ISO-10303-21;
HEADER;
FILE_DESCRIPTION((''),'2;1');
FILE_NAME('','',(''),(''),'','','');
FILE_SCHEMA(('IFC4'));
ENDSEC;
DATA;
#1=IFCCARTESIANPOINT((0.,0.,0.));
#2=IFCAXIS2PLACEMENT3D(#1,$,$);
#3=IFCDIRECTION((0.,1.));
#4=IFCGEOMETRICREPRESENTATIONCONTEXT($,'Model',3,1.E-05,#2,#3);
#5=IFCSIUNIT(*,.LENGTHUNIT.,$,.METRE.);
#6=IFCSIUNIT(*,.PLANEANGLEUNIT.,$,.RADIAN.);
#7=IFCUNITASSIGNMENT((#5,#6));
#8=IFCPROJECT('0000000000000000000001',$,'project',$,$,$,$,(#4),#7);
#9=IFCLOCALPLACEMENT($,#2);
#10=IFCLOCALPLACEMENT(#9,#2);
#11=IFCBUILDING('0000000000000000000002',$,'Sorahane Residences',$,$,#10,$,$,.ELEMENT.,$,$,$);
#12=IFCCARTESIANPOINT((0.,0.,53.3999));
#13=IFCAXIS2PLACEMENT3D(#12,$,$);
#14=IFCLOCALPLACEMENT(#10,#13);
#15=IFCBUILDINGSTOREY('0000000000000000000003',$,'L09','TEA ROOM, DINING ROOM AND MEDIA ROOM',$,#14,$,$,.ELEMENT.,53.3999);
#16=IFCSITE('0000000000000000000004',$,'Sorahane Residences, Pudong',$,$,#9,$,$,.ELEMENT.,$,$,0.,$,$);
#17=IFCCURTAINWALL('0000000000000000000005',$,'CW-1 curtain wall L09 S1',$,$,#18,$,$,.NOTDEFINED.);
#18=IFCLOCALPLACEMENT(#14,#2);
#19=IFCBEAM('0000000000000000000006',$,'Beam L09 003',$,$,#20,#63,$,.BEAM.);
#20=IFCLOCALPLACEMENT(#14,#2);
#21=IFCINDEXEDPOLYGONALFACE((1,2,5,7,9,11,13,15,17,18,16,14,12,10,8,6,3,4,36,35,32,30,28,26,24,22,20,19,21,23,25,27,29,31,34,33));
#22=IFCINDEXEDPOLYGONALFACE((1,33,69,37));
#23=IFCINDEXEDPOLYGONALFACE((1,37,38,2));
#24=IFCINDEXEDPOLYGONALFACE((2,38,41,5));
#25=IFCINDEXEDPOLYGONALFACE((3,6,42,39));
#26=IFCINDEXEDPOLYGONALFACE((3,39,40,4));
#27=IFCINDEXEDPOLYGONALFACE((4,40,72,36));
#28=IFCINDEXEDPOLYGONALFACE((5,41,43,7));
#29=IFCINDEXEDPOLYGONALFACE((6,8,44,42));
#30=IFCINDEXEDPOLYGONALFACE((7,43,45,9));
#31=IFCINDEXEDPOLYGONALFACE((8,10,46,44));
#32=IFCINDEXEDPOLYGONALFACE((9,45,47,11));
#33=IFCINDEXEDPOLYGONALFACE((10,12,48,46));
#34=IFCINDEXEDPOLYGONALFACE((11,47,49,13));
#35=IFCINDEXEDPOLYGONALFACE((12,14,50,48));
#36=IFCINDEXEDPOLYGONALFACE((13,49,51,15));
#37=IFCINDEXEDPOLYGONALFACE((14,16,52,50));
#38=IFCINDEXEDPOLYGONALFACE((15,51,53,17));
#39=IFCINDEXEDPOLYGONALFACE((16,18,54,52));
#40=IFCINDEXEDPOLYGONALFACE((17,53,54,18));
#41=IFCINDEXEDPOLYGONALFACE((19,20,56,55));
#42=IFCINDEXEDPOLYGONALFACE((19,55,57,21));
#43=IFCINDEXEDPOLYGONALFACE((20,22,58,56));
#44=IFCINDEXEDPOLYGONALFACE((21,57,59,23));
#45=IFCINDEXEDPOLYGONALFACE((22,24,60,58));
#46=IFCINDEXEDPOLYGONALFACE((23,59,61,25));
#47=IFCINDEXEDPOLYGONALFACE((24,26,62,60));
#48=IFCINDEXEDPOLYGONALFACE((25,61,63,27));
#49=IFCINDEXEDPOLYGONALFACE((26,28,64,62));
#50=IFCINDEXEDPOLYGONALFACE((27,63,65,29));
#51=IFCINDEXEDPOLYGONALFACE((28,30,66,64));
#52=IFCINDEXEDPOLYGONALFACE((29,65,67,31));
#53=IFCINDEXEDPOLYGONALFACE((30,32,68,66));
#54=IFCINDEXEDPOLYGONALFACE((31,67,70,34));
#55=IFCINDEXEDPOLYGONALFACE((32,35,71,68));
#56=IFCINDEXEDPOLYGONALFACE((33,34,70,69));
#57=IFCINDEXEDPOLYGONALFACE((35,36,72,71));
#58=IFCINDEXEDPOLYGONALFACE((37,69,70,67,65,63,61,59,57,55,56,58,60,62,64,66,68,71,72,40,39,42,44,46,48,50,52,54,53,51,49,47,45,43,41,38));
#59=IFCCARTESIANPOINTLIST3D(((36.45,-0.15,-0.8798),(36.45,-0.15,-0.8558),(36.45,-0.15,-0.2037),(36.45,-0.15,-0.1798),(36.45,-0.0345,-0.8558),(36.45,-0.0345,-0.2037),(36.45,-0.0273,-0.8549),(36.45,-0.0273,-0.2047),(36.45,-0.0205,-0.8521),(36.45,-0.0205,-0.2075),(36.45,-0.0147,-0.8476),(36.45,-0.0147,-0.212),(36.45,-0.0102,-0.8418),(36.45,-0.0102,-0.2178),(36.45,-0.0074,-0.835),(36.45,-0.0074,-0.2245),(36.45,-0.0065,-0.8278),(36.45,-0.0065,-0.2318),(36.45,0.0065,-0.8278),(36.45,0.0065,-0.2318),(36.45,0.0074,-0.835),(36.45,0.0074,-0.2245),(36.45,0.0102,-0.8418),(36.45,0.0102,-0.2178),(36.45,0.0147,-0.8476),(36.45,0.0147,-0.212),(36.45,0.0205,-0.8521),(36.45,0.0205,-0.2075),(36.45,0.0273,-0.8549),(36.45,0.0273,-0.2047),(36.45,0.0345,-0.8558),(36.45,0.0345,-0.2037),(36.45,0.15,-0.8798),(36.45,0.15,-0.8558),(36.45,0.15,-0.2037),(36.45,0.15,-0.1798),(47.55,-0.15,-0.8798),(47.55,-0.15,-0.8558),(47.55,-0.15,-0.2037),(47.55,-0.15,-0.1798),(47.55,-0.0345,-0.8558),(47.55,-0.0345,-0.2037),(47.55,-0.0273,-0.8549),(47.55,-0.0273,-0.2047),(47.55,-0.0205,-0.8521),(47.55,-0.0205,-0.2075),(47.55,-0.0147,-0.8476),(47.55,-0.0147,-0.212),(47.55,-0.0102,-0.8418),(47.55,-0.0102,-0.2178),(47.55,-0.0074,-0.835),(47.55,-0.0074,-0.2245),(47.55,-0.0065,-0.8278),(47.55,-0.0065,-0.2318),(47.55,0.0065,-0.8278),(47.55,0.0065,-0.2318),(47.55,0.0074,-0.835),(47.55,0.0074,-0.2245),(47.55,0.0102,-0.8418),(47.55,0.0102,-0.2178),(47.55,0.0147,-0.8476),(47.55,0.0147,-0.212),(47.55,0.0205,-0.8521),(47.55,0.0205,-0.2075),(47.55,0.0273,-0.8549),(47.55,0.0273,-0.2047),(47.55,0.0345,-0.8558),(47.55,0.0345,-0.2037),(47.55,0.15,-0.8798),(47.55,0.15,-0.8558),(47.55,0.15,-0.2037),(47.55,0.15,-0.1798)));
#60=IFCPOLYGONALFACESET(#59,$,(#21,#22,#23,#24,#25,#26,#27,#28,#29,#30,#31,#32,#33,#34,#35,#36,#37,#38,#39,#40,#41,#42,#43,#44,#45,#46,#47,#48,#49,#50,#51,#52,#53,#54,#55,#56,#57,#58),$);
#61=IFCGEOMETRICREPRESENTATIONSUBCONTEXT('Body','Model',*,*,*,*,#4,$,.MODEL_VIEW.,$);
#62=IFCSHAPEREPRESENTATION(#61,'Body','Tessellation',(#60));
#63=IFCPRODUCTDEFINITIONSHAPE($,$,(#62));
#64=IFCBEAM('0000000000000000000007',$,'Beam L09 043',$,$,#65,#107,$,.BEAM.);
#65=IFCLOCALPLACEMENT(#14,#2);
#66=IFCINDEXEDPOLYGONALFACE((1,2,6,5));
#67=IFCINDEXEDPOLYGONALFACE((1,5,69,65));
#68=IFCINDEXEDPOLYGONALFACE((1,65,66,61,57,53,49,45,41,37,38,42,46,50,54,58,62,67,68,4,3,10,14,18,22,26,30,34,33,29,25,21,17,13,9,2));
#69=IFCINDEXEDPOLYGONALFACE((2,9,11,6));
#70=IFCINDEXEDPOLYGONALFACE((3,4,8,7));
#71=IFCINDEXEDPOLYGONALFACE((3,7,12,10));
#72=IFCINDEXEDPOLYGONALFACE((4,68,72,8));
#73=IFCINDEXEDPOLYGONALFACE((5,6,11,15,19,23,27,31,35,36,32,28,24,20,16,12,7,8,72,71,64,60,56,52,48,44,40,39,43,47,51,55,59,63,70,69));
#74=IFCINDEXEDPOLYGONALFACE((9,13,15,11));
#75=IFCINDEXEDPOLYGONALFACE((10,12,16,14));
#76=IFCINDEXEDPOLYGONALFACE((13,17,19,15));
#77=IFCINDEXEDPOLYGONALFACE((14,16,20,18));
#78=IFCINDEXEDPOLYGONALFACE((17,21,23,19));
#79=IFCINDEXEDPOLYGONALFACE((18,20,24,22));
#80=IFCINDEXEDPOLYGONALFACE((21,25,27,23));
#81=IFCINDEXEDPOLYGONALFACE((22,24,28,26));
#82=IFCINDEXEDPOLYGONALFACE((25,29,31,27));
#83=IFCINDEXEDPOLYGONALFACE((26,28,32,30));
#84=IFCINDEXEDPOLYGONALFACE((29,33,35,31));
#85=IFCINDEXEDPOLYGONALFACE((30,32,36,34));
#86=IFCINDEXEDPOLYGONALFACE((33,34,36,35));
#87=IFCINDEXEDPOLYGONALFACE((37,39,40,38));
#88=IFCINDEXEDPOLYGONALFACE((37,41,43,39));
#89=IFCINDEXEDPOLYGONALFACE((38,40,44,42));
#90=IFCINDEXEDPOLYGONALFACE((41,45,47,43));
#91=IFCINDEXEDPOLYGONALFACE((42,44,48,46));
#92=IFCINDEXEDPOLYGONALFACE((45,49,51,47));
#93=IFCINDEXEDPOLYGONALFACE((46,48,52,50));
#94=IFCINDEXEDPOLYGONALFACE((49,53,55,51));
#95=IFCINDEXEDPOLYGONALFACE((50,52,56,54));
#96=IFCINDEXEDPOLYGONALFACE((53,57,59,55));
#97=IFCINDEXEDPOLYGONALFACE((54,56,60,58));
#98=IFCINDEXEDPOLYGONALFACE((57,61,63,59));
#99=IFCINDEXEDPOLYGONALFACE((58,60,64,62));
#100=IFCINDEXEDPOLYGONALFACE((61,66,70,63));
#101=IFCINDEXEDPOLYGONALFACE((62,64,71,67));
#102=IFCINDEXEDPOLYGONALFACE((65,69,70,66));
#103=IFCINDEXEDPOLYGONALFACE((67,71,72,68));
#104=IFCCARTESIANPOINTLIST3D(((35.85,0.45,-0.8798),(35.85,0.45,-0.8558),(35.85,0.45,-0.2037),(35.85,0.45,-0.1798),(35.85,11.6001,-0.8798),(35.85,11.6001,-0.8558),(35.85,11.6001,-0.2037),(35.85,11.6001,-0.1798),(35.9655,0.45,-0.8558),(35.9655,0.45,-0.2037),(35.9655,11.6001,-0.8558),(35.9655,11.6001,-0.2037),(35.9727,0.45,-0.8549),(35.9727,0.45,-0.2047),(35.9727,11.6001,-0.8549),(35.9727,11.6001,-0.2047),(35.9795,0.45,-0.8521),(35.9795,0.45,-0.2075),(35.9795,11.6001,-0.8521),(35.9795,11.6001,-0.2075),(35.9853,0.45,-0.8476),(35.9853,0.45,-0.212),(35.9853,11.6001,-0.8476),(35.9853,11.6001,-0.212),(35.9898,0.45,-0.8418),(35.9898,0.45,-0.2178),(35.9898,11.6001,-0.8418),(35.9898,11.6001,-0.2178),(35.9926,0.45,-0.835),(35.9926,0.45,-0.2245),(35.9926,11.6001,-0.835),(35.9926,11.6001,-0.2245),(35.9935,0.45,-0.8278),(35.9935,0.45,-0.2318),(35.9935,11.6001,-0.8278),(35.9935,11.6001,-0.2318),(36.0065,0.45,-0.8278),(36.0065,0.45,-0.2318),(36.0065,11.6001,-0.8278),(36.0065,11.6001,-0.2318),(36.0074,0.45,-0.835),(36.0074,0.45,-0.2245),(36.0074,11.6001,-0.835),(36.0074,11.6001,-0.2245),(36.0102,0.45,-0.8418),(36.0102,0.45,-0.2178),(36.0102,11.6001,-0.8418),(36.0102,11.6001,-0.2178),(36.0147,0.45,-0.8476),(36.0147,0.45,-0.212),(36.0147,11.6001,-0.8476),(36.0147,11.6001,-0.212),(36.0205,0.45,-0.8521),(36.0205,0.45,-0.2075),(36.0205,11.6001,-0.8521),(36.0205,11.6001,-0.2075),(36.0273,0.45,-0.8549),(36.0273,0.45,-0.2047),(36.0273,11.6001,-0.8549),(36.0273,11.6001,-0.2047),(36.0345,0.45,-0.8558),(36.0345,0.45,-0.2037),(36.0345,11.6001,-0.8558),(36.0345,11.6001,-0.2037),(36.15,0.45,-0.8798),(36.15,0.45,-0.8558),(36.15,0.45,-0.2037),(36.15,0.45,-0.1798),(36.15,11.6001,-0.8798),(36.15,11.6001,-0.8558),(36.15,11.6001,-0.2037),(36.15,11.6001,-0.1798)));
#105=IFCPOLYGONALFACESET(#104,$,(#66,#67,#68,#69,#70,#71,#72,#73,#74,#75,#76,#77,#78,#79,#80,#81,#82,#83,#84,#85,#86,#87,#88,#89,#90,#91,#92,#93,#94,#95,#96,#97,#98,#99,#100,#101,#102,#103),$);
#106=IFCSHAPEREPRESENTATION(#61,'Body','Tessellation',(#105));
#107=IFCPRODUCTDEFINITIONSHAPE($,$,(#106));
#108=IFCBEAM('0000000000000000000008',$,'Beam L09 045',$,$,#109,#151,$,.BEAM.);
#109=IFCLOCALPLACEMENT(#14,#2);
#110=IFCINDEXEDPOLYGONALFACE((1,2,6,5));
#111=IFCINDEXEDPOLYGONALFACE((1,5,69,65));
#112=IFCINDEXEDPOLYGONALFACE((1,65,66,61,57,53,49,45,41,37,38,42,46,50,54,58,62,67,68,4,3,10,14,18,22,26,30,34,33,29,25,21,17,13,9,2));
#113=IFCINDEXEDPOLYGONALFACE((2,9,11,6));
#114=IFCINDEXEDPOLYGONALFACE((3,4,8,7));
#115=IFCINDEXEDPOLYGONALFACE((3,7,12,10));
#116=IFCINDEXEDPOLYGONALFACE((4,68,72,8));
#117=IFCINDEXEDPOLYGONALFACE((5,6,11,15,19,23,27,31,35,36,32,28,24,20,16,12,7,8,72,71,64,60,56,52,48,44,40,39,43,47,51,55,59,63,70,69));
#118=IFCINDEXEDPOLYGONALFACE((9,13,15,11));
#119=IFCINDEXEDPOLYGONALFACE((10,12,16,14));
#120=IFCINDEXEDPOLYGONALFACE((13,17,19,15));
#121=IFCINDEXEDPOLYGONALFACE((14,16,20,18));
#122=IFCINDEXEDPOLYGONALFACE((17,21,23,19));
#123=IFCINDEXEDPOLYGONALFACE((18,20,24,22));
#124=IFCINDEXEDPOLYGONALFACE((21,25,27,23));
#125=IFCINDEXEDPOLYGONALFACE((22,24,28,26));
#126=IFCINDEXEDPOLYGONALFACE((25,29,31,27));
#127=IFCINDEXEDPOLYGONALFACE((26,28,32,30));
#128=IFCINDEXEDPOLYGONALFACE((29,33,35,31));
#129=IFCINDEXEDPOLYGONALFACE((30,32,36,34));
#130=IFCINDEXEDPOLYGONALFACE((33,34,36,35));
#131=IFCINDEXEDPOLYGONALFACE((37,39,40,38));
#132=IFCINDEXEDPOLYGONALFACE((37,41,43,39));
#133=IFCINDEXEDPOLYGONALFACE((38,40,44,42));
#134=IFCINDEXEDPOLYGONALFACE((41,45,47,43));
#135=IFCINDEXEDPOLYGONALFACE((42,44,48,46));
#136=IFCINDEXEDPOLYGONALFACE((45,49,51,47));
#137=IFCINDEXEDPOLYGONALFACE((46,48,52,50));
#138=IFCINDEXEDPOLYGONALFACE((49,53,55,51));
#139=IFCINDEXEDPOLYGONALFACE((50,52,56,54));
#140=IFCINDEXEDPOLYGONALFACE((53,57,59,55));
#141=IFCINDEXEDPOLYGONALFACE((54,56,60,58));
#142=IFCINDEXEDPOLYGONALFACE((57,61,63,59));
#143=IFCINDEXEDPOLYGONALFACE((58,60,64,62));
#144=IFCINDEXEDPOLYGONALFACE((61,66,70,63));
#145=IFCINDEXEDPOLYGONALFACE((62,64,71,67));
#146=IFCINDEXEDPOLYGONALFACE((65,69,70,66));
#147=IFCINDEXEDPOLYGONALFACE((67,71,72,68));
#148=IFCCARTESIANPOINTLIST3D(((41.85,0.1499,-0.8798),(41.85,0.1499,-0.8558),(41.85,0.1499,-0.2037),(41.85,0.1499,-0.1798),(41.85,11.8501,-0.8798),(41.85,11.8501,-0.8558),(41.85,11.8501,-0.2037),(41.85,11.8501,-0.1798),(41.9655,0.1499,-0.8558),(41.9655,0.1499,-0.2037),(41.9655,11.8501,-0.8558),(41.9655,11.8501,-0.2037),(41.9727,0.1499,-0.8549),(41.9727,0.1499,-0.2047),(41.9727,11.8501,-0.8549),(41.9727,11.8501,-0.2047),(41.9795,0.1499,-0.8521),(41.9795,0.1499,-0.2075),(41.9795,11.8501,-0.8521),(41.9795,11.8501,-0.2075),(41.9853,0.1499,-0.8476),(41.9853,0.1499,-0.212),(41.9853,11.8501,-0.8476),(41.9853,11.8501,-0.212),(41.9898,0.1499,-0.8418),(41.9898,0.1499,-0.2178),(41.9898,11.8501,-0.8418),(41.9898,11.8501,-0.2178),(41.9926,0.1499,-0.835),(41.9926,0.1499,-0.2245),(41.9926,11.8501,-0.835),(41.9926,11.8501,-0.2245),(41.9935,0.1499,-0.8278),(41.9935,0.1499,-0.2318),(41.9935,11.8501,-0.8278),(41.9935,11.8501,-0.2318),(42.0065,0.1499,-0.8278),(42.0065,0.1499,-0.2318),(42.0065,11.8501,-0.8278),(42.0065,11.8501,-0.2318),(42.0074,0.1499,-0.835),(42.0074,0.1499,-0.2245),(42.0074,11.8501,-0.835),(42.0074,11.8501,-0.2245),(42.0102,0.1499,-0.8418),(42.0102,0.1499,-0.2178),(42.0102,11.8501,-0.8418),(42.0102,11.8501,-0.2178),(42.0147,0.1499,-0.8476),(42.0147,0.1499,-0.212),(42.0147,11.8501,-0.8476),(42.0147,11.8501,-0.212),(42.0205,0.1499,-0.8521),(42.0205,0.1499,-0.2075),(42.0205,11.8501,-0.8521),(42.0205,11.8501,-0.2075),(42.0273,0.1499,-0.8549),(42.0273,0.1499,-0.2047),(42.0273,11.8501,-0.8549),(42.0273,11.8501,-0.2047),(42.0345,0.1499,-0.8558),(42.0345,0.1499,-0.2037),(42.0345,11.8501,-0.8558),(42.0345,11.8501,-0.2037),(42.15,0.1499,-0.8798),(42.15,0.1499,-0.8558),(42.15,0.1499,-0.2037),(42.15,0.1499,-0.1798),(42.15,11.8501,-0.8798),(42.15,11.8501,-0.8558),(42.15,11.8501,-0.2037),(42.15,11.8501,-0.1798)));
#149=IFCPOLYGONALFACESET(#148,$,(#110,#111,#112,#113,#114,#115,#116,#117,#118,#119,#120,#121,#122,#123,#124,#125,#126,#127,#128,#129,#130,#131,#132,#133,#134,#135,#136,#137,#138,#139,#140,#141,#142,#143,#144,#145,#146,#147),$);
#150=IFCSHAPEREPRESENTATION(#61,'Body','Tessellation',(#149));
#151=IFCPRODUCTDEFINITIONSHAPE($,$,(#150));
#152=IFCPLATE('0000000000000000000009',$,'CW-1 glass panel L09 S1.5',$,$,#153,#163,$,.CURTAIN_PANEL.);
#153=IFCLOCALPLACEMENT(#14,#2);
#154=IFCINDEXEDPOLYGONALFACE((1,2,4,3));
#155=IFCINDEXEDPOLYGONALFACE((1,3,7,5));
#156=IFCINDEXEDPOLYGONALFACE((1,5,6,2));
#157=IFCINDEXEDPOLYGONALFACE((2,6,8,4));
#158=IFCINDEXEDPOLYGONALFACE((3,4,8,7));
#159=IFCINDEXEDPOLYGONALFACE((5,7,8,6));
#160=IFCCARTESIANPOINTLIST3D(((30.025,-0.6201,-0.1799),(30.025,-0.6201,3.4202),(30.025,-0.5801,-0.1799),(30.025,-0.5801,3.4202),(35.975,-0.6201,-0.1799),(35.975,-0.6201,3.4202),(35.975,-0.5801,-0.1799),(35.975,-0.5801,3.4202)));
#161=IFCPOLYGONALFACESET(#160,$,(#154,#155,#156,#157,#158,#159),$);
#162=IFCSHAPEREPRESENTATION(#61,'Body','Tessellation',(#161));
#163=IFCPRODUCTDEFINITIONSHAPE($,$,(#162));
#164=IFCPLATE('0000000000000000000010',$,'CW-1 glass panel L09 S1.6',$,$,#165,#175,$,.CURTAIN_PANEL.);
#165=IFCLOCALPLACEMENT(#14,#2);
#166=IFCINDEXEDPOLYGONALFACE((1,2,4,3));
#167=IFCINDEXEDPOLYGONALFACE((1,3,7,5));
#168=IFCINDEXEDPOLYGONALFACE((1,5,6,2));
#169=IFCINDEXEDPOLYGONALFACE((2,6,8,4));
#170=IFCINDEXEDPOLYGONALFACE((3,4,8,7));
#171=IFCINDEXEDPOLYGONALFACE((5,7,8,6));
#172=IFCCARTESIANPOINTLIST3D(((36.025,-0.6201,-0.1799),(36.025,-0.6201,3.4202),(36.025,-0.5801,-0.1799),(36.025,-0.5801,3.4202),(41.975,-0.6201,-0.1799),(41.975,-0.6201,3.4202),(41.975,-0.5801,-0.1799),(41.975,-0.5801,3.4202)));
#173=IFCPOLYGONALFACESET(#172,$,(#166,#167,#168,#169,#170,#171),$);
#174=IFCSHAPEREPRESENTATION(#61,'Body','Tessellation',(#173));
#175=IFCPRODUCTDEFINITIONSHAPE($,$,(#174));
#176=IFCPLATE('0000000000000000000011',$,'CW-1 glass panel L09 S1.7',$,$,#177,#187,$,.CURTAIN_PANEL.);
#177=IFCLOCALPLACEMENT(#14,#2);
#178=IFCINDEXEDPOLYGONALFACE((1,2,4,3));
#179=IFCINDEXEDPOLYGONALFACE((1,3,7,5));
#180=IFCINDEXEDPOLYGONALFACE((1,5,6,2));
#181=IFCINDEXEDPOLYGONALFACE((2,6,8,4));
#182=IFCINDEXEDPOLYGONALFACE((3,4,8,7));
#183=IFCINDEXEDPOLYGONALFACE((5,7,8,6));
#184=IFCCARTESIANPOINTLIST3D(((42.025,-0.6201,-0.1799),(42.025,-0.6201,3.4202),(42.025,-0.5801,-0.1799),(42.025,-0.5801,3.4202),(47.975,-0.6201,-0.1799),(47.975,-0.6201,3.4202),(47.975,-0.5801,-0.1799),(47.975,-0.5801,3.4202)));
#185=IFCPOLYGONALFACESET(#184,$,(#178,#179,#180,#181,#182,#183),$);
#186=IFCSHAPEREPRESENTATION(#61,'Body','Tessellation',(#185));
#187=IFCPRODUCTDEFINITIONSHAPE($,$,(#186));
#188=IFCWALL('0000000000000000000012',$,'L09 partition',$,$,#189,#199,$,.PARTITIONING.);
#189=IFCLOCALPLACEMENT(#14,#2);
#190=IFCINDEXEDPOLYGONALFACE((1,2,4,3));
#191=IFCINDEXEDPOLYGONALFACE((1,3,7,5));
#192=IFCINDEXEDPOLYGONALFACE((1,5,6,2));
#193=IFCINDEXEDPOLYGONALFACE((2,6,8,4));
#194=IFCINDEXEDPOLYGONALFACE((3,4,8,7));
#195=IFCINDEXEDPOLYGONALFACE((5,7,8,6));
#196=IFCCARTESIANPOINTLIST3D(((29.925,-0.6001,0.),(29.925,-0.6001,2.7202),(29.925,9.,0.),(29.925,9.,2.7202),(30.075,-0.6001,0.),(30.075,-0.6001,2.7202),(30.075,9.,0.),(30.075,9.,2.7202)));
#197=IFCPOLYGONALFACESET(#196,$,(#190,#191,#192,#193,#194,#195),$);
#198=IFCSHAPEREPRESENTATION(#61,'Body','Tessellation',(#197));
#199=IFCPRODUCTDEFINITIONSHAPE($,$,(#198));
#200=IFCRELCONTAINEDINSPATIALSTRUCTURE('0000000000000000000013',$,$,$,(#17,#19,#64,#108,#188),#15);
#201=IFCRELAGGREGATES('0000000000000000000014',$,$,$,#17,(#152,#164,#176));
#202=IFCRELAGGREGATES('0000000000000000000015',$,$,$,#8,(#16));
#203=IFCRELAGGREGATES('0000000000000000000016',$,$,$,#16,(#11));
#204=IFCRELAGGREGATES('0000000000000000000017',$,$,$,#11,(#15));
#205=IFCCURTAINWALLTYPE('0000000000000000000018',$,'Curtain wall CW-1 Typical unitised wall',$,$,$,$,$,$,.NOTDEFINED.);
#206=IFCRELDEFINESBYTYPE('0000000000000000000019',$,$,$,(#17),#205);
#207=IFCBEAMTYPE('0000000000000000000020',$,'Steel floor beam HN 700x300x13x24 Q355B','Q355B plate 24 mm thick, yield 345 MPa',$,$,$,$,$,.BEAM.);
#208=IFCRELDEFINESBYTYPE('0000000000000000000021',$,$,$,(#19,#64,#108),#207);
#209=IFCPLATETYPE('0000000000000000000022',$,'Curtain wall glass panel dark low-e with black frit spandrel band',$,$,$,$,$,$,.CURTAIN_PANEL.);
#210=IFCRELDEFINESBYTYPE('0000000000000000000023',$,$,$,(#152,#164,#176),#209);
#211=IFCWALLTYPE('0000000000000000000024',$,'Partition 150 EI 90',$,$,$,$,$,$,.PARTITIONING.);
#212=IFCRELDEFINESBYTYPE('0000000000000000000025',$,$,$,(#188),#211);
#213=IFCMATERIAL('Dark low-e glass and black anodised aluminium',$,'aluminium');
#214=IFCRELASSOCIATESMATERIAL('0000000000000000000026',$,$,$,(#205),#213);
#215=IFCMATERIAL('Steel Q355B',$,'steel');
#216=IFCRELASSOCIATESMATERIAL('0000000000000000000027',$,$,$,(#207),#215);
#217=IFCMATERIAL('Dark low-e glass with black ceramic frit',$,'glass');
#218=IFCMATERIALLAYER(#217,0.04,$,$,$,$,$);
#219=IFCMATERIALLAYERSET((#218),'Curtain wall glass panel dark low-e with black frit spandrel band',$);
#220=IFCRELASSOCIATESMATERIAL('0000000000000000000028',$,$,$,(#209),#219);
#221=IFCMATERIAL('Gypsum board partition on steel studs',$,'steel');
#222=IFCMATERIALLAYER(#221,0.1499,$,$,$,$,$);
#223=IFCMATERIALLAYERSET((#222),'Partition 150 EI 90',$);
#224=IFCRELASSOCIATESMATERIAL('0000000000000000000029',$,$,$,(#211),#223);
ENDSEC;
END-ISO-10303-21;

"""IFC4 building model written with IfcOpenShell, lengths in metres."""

from ifc_helpers import new_model, si_unit, direction, frame, frame_2d, origin, origin_2d, place, context, subcontext, project, spatial, rectangle, i_section, extrude, material, layer, layer_set, material_profile, profile_set, type_object, element, aggregate, save


model = new_model("IFC4")

# Units and contexts
model_context = context("Model", 3, precision=1e-05, world=origin(), true_north=direction((0.0, 1.0)))
body_context = subcontext(model_context, "Body", "Model", "MODEL_VIEW")
ifc_project = project(units=[si_unit("LENGTHUNIT", "METRE"), si_unit("PLANEANGLEUNIT", "RADIAN")], contexts=[model_context])

# Site, building, storey
site_placement = place(None, origin())
site = spatial("IfcSite", under=ifc_project, at=site_placement, Name="Sorahane Residences, Pudong", CompositionType="ELEMENT", RefElevation=0.0)
building_placement = place(site_placement, origin())
building = spatial("IfcBuilding", under=site, at=building_placement, Name="Sorahane Residences", CompositionType="ELEMENT")
storey_placement = place(building_placement, frame((0.0, 0.0, 53.3999)))
storey = spatial("IfcBuildingStorey", under=building, at=storey_placement, Name="L09", Description="TEA ROOM, DINING ROOM AND MEDIA ROOM", CompositionType="ELEMENT", Elevation=53.3999)

# Curtain wall
ifc_material_1 = material(Name="Dark low-e glass and black anodised aluminium", Category="aluminium")
curtain_wall_type = type_object("IfcCurtainWallType", Name="Curtain wall CW-1 Typical unitised wall", PredefinedType="NOTDEFINED", material=ifc_material_1)
curtain_wall_placement = place(storey_placement, origin())
curtain_wall = element("IfcCurtainWall", 1, at=curtain_wall_placement, inside=storey, type_object=curtain_wall_type, Name="CW-1 curtain wall L09 S1", PredefinedType="NOTDEFINED")

# Beams
ifc_material_2 = material(Name="Steel Q355B", Category="steel")
ifc_material_profile_1 = material_profile(ifc_material_2, i_section(OverallWidth=0.3, OverallDepth=0.7, WebThickness=0.0129, FlangeThickness=0.0239, FilletRadius=0.0281, at=origin_2d()), Name="HN 700x300x13x24")
ifc_profile_set_1 = profile_set([ifc_material_profile_1], Name="Steel Q355B")
beam_type_1 = type_object("IfcBeamType", Name="Steel floor beam HN 700x300x13x24 Q355B", Description="Q355B plate 24 mm thick, yield 345 MPa", PredefinedType="BEAM", material=ifc_profile_set_1)
beam_1_placement = place(storey_placement, frame((36.45, 0.0, -0.5298), z_axis=(1.0, 0.0, 0.0), x_axis=(0.0, 1.0, 0.0)))
element("IfcBeam", 2, at=beam_1_placement, inside=storey, type_object=beam_type_1, Name="Beam L09 003", PredefinedType="BEAM", context=body_context, shape_type="SweptSolid", body=[
    extrude(i_section(OverallWidth=0.3, OverallDepth=0.7, WebThickness=0.0129, FlangeThickness=0.0239, FilletRadius=0.0281, at=origin_2d()), origin(), (0.0, 0.0, 1.0), 11.1001),
])
beam_2_placement = place(storey_placement, frame((36.0, 0.45, -0.5298), z_axis=(0.0, 1.0, 0.0), x_axis=(-1.0, 0.0, 0.0)))
element("IfcBeam", 3, at=beam_2_placement, inside=storey, type_object=beam_type_1, Name="Beam L09 043", PredefinedType="BEAM", context=body_context, shape_type="SweptSolid", body=[
    extrude(i_section(OverallWidth=0.3, OverallDepth=0.7, WebThickness=0.0129, FlangeThickness=0.0239, FilletRadius=0.0281, at=origin_2d()), origin(), (0.0, 0.0, 1.0), 11.1501),
])
beam_3_placement = place(storey_placement, frame((42.0, 0.1499, -0.5298), z_axis=(0.0, 1.0, 0.0), x_axis=(-1.0, 0.0, 0.0)))
element("IfcBeam", 4, at=beam_3_placement, inside=storey, type_object=beam_type_1, Name="Beam L09 045", PredefinedType="BEAM", context=body_context, shape_type="SweptSolid", body=[
    extrude(i_section(OverallWidth=0.3, OverallDepth=0.7, WebThickness=0.0129, FlangeThickness=0.0239, FilletRadius=0.0281, at=origin_2d()), origin(), (0.0, 0.0, 1.0), 11.7002),
])

# Plates
ifc_material_3 = material(Name="Dark low-e glass with black ceramic frit", Category="glass")
ifc_layer_1 = layer(ifc_material_3, 0.04)
ifc_layer_set_1 = layer_set([ifc_layer_1], Name="Curtain wall glass panel dark low-e with black frit spandrel band")
plate_type = type_object("IfcPlateType", Name="Curtain wall glass panel dark low-e with black frit spandrel band", PredefinedType="CURTAIN_PANEL", material=ifc_layer_set_1)
plate_1_placement = place(storey_placement, frame((33.0, -0.6001, -0.1799), z_axis=(0.0, 0.0, 1.0), x_axis=(1.0, 0.0, 0.0)))
plate_1 = element("IfcPlate", 5, at=plate_1_placement, type_object=plate_type, Name="CW-1 glass panel L09 S1.5", PredefinedType="CURTAIN_PANEL", context=body_context, shape_type="SweptSolid", body=[
    extrude(rectangle(XDim=5.95, YDim=0.04, at=origin_2d()), origin(), (0.0, 0.0, 1.0), 3.6001),
])
plate_2_placement = place(storey_placement, frame((39.0, -0.6001, -0.1799), z_axis=(0.0, 0.0, 1.0), x_axis=(1.0, 0.0, 0.0)))
plate_2 = element("IfcPlate", 6, at=plate_2_placement, type_object=plate_type, Name="CW-1 glass panel L09 S1.6", PredefinedType="CURTAIN_PANEL", context=body_context, shape_type="SweptSolid", body=[
    extrude(rectangle(XDim=5.95, YDim=0.04, at=origin_2d()), origin(), (0.0, 0.0, 1.0), 3.6001),
])
plate_3_placement = place(storey_placement, frame((45.0, -0.6001, -0.1799), z_axis=(0.0, 0.0, 1.0), x_axis=(1.0, 0.0, 0.0)))
plate_3 = element("IfcPlate", 7, at=plate_3_placement, type_object=plate_type, Name="CW-1 glass panel L09 S1.7", PredefinedType="CURTAIN_PANEL", context=body_context, shape_type="SweptSolid", body=[
    extrude(rectangle(XDim=5.95, YDim=0.04, at=origin_2d()), origin(), (0.0, 0.0, 1.0), 3.6001),
])
aggregate(curtain_wall, [plate_1, plate_2, plate_3])

# Wall
ifc_material_4 = material(Name="Gypsum board partition on steel studs", Category="steel")
ifc_layer_2 = layer(ifc_material_4, 0.1499)
ifc_layer_set_2 = layer_set([ifc_layer_2], Name="Partition 150 EI 90")
wall_type_1 = type_object("IfcWallType", Name="Partition 150 EI 90", PredefinedType="PARTITIONING", material=ifc_layer_set_2)
wall_1_placement = place(storey_placement, frame((30.0, -0.6001, 0.0), z_axis=(0.0, 0.0, 1.0), x_axis=(0.0, 1.0, 0.0)))
element("IfcWall", 8, at=wall_1_placement, inside=storey, type_object=wall_type_1, Name="L09 partition", PredefinedType="PARTITIONING", context=body_context, shape_type="SweptSolid", body=[
    extrude(rectangle(XDim=9.6001, YDim=0.1499, at=frame_2d((4.8, 0.0))), origin(), (0.0, 0.0, 1.0), 2.7202),
])

save(model, "model.ifc")
